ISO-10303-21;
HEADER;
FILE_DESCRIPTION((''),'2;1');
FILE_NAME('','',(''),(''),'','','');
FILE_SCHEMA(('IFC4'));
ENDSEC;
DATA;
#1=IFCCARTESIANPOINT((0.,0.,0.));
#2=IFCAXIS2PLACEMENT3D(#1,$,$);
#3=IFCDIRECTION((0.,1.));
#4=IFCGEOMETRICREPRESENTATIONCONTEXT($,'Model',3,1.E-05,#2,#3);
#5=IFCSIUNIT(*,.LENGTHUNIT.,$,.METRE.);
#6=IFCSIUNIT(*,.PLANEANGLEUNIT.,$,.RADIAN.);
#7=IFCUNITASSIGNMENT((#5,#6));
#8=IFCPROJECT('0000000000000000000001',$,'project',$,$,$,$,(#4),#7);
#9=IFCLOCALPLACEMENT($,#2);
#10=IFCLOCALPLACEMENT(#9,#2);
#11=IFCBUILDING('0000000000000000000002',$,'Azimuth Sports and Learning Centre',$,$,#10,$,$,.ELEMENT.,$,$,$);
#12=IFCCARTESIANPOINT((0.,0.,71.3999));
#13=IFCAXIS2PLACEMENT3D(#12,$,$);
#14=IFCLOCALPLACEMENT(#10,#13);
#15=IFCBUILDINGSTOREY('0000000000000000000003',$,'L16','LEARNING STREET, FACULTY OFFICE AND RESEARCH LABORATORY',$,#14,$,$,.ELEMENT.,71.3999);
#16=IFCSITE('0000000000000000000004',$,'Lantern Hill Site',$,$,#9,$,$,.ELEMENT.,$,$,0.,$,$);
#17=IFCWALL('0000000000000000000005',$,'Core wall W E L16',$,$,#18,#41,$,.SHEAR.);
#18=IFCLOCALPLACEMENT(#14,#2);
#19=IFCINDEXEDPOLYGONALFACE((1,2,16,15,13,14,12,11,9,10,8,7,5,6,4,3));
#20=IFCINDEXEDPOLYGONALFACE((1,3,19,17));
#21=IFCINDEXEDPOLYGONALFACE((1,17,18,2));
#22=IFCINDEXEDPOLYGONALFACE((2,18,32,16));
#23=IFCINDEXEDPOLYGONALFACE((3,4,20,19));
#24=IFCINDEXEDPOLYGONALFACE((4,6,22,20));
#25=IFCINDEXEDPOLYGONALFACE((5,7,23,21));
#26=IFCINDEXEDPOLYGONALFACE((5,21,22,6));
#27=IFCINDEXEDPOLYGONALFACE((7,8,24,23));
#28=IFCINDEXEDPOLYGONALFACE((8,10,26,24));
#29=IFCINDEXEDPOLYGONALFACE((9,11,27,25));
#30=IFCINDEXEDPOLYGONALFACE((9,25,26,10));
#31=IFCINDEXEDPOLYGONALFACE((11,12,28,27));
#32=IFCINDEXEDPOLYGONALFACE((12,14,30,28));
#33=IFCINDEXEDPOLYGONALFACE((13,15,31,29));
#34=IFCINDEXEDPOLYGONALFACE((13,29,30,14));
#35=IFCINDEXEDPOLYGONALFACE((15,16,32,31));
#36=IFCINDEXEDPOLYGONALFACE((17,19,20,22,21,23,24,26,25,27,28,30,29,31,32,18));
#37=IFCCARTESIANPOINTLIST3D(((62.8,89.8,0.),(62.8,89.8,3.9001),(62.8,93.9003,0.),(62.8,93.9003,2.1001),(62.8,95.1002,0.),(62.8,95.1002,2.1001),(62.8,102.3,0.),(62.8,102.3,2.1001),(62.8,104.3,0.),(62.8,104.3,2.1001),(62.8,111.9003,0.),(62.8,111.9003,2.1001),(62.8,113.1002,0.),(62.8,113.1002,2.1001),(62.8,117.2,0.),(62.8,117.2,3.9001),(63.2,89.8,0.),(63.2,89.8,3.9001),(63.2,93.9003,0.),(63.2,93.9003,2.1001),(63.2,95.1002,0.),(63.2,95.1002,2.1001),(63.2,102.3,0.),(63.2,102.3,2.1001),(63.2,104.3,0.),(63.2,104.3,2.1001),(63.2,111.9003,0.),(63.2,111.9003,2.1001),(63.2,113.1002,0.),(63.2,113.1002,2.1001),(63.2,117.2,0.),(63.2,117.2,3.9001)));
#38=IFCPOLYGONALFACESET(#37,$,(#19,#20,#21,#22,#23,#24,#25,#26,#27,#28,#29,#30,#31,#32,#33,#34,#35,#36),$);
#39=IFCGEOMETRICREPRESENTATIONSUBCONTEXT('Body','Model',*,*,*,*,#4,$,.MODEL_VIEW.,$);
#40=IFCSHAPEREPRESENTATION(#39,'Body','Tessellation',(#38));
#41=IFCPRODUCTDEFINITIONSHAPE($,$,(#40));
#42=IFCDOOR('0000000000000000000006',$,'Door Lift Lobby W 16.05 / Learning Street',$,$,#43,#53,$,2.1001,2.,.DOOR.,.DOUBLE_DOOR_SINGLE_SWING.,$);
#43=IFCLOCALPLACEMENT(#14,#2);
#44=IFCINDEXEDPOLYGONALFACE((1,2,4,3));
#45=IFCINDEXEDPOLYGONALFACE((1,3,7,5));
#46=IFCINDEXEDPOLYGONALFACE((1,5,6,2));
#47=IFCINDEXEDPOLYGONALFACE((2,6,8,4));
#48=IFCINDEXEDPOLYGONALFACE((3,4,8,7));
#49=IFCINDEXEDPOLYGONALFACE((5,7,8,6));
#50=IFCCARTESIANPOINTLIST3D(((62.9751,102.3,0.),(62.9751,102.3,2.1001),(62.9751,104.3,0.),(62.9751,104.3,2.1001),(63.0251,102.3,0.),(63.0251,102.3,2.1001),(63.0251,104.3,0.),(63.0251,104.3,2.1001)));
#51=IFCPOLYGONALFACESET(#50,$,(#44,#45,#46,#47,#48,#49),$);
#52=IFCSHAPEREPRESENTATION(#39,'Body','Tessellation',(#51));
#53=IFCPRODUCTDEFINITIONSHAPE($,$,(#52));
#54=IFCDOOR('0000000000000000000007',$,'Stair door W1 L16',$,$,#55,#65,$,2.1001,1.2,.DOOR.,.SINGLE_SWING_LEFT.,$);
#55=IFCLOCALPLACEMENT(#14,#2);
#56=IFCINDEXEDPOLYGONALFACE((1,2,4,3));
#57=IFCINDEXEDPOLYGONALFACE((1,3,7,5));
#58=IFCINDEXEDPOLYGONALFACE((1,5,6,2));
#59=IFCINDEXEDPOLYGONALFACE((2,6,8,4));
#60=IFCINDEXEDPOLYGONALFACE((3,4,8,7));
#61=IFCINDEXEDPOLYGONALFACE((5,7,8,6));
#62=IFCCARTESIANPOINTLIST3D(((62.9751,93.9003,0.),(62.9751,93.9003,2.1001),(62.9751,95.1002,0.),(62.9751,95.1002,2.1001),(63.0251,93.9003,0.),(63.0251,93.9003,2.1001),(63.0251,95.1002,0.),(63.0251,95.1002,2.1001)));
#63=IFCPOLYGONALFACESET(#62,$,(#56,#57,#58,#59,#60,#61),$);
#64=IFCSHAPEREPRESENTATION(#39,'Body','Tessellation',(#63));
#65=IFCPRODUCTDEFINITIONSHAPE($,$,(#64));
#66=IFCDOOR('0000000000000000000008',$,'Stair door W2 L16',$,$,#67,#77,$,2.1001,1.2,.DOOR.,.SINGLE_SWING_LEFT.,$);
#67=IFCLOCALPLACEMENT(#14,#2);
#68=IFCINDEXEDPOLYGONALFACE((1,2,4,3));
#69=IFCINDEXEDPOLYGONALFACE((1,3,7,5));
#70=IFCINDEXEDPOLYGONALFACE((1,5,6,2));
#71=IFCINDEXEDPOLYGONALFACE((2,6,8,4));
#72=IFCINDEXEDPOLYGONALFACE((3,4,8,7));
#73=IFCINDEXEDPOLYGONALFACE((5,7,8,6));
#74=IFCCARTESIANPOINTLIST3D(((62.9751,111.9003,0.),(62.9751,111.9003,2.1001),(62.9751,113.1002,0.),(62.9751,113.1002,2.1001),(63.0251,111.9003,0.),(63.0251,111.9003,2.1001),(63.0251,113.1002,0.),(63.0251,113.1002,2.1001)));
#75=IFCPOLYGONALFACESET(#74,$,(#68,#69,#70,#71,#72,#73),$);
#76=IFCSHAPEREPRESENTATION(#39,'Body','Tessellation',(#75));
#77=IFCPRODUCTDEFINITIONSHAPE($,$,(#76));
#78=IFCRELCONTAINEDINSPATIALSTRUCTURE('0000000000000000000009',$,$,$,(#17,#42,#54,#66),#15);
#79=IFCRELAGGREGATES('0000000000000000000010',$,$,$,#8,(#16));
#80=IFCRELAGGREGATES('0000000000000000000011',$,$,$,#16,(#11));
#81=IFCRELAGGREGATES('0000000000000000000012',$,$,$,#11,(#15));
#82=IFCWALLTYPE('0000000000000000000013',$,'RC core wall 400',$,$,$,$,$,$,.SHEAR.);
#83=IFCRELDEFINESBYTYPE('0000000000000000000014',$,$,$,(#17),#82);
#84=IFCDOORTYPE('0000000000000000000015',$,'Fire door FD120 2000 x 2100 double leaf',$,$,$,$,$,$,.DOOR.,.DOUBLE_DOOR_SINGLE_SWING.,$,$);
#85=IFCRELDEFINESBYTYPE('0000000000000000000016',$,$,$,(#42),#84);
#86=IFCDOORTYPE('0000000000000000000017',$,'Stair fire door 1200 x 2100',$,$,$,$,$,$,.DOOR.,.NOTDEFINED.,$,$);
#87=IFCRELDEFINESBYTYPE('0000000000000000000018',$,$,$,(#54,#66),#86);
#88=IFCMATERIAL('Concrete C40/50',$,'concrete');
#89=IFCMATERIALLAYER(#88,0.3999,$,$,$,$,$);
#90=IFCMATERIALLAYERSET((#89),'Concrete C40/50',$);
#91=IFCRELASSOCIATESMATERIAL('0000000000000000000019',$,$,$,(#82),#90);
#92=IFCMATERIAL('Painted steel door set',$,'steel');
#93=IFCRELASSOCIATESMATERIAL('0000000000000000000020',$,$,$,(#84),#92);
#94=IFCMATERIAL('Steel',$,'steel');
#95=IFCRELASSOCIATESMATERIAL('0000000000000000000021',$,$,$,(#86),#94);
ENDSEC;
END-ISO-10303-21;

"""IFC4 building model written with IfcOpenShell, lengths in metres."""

from ifc_helpers import new_model, si_unit, direction, frame, frame_2d, origin, place, context, subcontext, project, spatial, rectangle, extrude, material, layer, layer_set, type_object, element, fill, save


model = new_model("IFC4")

# Units and contexts
model_context = context("Model", 3, precision=1e-05, world=origin(), true_north=direction((0.0, 1.0)))
body_context = subcontext(model_context, "Body", "Model", "MODEL_VIEW")
ifc_project = project(units=[si_unit("LENGTHUNIT", "METRE"), si_unit("PLANEANGLEUNIT", "RADIAN")], contexts=[model_context])

# Site, building, storey
site_placement = place(None, origin())
site = spatial("IfcSite", under=ifc_project, at=site_placement, Name="Lantern Hill Site", CompositionType="ELEMENT", RefElevation=0.0)
building_placement = place(site_placement, origin())
building = spatial("IfcBuilding", under=site, at=building_placement, Name="Azimuth Sports and Learning Centre", CompositionType="ELEMENT")
storey_placement = place(building_placement, frame((0.0, 0.0, 71.3999)))
storey = spatial("IfcBuildingStorey", under=building, at=storey_placement, Name="L16", Description="LEARNING STREET, FACULTY OFFICE AND RESEARCH LABORATORY", CompositionType="ELEMENT", Elevation=71.3999)

# Wall, openings, doors
ifc_material_1 = material(Name="Concrete C40/50", Category="concrete")
ifc_layer = layer(ifc_material_1, 0.3999)
ifc_layer_set = layer_set([ifc_layer], Name="Concrete C40/50")
wall_type = type_object("IfcWallType", Name="RC core wall 400", PredefinedType="SHEAR", material=ifc_layer_set)
wall_placement = place(storey_placement, frame((63.0, 89.8, 0.0), z_axis=(0.0, 0.0, 1.0), x_axis=(0.0, 1.0, 0.0)))
wall = element("IfcWall", 1, at=wall_placement, inside=storey, type_object=wall_type, Name="Core wall W E L16", PredefinedType="SHEAR", context=body_context, shape_type="SweptSolid", body=[
    extrude(rectangle(XDim=27.3999, YDim=0.3999, at=frame_2d((13.7, 0.0))), origin(), (0.0, 0.0, 1.0), 3.9001),
])
opening_1_placement = place(wall_placement, frame((4.1001, 0.0, 0.0)))
opening_1 = element("IfcOpeningElement", 2, at=opening_1_placement, cuts=wall, PredefinedType="OPENING", context=body_context, shape_type="SweptSolid", body=[
    extrude(rectangle(XDim=1.2, YDim=2.1001, at=frame_2d((0.6001, 1.05))), frame((0.0, 0.2109, 0.0), z_axis=(0.0, -1.0, 0.0), x_axis=(1.0, 0.0, 0.0)), (0.0, 0.0, 1.0), 0.4219),
])
opening_2_placement = place(wall_placement, frame((22.1001, 0.0, 0.0)))
opening_2 = element("IfcOpeningElement", 3, at=opening_2_placement, cuts=wall, PredefinedType="OPENING", context=body_context, shape_type="SweptSolid", body=[
    extrude(rectangle(XDim=1.2, YDim=2.1001, at=frame_2d((0.6001, 1.05))), frame((0.0, 0.2109, 0.0), z_axis=(0.0, -1.0, 0.0), x_axis=(1.0, 0.0, 0.0)), (0.0, 0.0, 1.0), 0.4219),
])
opening_3_placement = place(wall_placement, frame((12.5, 0.0, 0.0)))
opening_3 = element("IfcOpeningElement", 4, at=opening_3_placement, cuts=wall, PredefinedType="OPENING", context=body_context, shape_type="SweptSolid", body=[
    extrude(rectangle(XDim=2.0, YDim=2.1001, at=frame_2d((1.0, 1.05))), frame((0.0, 0.2109, 0.0), z_axis=(0.0, -1.0, 0.0), x_axis=(1.0, 0.0, 0.0)), (0.0, 0.0, 1.0), 0.4219),
])
ifc_material_2 = material(Name="Painted steel door set", Category="steel")
door_type_1 = type_object("IfcDoorType", Name="Fire door FD120 2000 x 2100 double leaf", OperationType="DOUBLE_DOOR_SINGLE_SWING", PredefinedType="DOOR", material=ifc_material_2)
door_1_placement = place(opening_3_placement, origin())
door_1 = element("IfcDoor", 5, at=door_1_placement, inside=storey, type_object=door_type_1, Name="Door Lift Lobby W 16.05 / Learning Street", OperationType="DOUBLE_DOOR_SINGLE_SWING", OverallHeight=2.1001, OverallWidth=2.0, PredefinedType="DOOR", context=body_context, shape_type="SweptSolid", body=[
    extrude(rectangle(XDim=2.0, YDim=2.1001, at=frame_2d((1.0, 1.05))), frame((0.0, 0.0249, 0.0), z_axis=(0.0, -1.0, 0.0), x_axis=(1.0, 0.0, 0.0)), (0.0, 0.0, 1.0), 0.05),
])
fill(opening_3, door_1)
ifc_material_3 = material(Name="Steel", Category="steel")
door_type_2 = type_object("IfcDoorType", Name="Stair fire door 1200 x 2100", OperationType="NOTDEFINED", PredefinedType="DOOR", material=ifc_material_3)
door_2_placement = place(opening_1_placement, origin())
door_2 = element("IfcDoor", 6, at=door_2_placement, inside=storey, type_object=door_type_2, Name="Stair door W1 L16", OperationType="SINGLE_SWING_LEFT", OverallHeight=2.1001, OverallWidth=1.2, PredefinedType="DOOR", context=body_context, shape_type="SweptSolid", body=[
    extrude(rectangle(XDim=1.2, YDim=2.1001, at=frame_2d((0.6001, 1.05))), frame((0.0, 0.0249, 0.0), z_axis=(0.0, -1.0, 0.0), x_axis=(1.0, 0.0, 0.0)), (0.0, 0.0, 1.0), 0.05),
])
fill(opening_1, door_2)
door_3_placement = place(opening_2_placement, origin())
door_3 = element("IfcDoor", 7, at=door_3_placement, inside=storey, type_object=door_type_2, Name="Stair door W2 L16", OperationType="SINGLE_SWING_LEFT", OverallHeight=2.1001, OverallWidth=1.2, PredefinedType="DOOR", context=body_context, shape_type="SweptSolid", body=[
    extrude(rectangle(XDim=1.2, YDim=2.1001, at=frame_2d((0.6001, 1.05))), frame((0.0, 0.0249, 0.0), z_axis=(0.0, -1.0, 0.0), x_axis=(1.0, 0.0, 0.0)), (0.0, 0.0, 1.0), 0.05),
])
fill(opening_2, door_3)

save(model, "model.ifc")
